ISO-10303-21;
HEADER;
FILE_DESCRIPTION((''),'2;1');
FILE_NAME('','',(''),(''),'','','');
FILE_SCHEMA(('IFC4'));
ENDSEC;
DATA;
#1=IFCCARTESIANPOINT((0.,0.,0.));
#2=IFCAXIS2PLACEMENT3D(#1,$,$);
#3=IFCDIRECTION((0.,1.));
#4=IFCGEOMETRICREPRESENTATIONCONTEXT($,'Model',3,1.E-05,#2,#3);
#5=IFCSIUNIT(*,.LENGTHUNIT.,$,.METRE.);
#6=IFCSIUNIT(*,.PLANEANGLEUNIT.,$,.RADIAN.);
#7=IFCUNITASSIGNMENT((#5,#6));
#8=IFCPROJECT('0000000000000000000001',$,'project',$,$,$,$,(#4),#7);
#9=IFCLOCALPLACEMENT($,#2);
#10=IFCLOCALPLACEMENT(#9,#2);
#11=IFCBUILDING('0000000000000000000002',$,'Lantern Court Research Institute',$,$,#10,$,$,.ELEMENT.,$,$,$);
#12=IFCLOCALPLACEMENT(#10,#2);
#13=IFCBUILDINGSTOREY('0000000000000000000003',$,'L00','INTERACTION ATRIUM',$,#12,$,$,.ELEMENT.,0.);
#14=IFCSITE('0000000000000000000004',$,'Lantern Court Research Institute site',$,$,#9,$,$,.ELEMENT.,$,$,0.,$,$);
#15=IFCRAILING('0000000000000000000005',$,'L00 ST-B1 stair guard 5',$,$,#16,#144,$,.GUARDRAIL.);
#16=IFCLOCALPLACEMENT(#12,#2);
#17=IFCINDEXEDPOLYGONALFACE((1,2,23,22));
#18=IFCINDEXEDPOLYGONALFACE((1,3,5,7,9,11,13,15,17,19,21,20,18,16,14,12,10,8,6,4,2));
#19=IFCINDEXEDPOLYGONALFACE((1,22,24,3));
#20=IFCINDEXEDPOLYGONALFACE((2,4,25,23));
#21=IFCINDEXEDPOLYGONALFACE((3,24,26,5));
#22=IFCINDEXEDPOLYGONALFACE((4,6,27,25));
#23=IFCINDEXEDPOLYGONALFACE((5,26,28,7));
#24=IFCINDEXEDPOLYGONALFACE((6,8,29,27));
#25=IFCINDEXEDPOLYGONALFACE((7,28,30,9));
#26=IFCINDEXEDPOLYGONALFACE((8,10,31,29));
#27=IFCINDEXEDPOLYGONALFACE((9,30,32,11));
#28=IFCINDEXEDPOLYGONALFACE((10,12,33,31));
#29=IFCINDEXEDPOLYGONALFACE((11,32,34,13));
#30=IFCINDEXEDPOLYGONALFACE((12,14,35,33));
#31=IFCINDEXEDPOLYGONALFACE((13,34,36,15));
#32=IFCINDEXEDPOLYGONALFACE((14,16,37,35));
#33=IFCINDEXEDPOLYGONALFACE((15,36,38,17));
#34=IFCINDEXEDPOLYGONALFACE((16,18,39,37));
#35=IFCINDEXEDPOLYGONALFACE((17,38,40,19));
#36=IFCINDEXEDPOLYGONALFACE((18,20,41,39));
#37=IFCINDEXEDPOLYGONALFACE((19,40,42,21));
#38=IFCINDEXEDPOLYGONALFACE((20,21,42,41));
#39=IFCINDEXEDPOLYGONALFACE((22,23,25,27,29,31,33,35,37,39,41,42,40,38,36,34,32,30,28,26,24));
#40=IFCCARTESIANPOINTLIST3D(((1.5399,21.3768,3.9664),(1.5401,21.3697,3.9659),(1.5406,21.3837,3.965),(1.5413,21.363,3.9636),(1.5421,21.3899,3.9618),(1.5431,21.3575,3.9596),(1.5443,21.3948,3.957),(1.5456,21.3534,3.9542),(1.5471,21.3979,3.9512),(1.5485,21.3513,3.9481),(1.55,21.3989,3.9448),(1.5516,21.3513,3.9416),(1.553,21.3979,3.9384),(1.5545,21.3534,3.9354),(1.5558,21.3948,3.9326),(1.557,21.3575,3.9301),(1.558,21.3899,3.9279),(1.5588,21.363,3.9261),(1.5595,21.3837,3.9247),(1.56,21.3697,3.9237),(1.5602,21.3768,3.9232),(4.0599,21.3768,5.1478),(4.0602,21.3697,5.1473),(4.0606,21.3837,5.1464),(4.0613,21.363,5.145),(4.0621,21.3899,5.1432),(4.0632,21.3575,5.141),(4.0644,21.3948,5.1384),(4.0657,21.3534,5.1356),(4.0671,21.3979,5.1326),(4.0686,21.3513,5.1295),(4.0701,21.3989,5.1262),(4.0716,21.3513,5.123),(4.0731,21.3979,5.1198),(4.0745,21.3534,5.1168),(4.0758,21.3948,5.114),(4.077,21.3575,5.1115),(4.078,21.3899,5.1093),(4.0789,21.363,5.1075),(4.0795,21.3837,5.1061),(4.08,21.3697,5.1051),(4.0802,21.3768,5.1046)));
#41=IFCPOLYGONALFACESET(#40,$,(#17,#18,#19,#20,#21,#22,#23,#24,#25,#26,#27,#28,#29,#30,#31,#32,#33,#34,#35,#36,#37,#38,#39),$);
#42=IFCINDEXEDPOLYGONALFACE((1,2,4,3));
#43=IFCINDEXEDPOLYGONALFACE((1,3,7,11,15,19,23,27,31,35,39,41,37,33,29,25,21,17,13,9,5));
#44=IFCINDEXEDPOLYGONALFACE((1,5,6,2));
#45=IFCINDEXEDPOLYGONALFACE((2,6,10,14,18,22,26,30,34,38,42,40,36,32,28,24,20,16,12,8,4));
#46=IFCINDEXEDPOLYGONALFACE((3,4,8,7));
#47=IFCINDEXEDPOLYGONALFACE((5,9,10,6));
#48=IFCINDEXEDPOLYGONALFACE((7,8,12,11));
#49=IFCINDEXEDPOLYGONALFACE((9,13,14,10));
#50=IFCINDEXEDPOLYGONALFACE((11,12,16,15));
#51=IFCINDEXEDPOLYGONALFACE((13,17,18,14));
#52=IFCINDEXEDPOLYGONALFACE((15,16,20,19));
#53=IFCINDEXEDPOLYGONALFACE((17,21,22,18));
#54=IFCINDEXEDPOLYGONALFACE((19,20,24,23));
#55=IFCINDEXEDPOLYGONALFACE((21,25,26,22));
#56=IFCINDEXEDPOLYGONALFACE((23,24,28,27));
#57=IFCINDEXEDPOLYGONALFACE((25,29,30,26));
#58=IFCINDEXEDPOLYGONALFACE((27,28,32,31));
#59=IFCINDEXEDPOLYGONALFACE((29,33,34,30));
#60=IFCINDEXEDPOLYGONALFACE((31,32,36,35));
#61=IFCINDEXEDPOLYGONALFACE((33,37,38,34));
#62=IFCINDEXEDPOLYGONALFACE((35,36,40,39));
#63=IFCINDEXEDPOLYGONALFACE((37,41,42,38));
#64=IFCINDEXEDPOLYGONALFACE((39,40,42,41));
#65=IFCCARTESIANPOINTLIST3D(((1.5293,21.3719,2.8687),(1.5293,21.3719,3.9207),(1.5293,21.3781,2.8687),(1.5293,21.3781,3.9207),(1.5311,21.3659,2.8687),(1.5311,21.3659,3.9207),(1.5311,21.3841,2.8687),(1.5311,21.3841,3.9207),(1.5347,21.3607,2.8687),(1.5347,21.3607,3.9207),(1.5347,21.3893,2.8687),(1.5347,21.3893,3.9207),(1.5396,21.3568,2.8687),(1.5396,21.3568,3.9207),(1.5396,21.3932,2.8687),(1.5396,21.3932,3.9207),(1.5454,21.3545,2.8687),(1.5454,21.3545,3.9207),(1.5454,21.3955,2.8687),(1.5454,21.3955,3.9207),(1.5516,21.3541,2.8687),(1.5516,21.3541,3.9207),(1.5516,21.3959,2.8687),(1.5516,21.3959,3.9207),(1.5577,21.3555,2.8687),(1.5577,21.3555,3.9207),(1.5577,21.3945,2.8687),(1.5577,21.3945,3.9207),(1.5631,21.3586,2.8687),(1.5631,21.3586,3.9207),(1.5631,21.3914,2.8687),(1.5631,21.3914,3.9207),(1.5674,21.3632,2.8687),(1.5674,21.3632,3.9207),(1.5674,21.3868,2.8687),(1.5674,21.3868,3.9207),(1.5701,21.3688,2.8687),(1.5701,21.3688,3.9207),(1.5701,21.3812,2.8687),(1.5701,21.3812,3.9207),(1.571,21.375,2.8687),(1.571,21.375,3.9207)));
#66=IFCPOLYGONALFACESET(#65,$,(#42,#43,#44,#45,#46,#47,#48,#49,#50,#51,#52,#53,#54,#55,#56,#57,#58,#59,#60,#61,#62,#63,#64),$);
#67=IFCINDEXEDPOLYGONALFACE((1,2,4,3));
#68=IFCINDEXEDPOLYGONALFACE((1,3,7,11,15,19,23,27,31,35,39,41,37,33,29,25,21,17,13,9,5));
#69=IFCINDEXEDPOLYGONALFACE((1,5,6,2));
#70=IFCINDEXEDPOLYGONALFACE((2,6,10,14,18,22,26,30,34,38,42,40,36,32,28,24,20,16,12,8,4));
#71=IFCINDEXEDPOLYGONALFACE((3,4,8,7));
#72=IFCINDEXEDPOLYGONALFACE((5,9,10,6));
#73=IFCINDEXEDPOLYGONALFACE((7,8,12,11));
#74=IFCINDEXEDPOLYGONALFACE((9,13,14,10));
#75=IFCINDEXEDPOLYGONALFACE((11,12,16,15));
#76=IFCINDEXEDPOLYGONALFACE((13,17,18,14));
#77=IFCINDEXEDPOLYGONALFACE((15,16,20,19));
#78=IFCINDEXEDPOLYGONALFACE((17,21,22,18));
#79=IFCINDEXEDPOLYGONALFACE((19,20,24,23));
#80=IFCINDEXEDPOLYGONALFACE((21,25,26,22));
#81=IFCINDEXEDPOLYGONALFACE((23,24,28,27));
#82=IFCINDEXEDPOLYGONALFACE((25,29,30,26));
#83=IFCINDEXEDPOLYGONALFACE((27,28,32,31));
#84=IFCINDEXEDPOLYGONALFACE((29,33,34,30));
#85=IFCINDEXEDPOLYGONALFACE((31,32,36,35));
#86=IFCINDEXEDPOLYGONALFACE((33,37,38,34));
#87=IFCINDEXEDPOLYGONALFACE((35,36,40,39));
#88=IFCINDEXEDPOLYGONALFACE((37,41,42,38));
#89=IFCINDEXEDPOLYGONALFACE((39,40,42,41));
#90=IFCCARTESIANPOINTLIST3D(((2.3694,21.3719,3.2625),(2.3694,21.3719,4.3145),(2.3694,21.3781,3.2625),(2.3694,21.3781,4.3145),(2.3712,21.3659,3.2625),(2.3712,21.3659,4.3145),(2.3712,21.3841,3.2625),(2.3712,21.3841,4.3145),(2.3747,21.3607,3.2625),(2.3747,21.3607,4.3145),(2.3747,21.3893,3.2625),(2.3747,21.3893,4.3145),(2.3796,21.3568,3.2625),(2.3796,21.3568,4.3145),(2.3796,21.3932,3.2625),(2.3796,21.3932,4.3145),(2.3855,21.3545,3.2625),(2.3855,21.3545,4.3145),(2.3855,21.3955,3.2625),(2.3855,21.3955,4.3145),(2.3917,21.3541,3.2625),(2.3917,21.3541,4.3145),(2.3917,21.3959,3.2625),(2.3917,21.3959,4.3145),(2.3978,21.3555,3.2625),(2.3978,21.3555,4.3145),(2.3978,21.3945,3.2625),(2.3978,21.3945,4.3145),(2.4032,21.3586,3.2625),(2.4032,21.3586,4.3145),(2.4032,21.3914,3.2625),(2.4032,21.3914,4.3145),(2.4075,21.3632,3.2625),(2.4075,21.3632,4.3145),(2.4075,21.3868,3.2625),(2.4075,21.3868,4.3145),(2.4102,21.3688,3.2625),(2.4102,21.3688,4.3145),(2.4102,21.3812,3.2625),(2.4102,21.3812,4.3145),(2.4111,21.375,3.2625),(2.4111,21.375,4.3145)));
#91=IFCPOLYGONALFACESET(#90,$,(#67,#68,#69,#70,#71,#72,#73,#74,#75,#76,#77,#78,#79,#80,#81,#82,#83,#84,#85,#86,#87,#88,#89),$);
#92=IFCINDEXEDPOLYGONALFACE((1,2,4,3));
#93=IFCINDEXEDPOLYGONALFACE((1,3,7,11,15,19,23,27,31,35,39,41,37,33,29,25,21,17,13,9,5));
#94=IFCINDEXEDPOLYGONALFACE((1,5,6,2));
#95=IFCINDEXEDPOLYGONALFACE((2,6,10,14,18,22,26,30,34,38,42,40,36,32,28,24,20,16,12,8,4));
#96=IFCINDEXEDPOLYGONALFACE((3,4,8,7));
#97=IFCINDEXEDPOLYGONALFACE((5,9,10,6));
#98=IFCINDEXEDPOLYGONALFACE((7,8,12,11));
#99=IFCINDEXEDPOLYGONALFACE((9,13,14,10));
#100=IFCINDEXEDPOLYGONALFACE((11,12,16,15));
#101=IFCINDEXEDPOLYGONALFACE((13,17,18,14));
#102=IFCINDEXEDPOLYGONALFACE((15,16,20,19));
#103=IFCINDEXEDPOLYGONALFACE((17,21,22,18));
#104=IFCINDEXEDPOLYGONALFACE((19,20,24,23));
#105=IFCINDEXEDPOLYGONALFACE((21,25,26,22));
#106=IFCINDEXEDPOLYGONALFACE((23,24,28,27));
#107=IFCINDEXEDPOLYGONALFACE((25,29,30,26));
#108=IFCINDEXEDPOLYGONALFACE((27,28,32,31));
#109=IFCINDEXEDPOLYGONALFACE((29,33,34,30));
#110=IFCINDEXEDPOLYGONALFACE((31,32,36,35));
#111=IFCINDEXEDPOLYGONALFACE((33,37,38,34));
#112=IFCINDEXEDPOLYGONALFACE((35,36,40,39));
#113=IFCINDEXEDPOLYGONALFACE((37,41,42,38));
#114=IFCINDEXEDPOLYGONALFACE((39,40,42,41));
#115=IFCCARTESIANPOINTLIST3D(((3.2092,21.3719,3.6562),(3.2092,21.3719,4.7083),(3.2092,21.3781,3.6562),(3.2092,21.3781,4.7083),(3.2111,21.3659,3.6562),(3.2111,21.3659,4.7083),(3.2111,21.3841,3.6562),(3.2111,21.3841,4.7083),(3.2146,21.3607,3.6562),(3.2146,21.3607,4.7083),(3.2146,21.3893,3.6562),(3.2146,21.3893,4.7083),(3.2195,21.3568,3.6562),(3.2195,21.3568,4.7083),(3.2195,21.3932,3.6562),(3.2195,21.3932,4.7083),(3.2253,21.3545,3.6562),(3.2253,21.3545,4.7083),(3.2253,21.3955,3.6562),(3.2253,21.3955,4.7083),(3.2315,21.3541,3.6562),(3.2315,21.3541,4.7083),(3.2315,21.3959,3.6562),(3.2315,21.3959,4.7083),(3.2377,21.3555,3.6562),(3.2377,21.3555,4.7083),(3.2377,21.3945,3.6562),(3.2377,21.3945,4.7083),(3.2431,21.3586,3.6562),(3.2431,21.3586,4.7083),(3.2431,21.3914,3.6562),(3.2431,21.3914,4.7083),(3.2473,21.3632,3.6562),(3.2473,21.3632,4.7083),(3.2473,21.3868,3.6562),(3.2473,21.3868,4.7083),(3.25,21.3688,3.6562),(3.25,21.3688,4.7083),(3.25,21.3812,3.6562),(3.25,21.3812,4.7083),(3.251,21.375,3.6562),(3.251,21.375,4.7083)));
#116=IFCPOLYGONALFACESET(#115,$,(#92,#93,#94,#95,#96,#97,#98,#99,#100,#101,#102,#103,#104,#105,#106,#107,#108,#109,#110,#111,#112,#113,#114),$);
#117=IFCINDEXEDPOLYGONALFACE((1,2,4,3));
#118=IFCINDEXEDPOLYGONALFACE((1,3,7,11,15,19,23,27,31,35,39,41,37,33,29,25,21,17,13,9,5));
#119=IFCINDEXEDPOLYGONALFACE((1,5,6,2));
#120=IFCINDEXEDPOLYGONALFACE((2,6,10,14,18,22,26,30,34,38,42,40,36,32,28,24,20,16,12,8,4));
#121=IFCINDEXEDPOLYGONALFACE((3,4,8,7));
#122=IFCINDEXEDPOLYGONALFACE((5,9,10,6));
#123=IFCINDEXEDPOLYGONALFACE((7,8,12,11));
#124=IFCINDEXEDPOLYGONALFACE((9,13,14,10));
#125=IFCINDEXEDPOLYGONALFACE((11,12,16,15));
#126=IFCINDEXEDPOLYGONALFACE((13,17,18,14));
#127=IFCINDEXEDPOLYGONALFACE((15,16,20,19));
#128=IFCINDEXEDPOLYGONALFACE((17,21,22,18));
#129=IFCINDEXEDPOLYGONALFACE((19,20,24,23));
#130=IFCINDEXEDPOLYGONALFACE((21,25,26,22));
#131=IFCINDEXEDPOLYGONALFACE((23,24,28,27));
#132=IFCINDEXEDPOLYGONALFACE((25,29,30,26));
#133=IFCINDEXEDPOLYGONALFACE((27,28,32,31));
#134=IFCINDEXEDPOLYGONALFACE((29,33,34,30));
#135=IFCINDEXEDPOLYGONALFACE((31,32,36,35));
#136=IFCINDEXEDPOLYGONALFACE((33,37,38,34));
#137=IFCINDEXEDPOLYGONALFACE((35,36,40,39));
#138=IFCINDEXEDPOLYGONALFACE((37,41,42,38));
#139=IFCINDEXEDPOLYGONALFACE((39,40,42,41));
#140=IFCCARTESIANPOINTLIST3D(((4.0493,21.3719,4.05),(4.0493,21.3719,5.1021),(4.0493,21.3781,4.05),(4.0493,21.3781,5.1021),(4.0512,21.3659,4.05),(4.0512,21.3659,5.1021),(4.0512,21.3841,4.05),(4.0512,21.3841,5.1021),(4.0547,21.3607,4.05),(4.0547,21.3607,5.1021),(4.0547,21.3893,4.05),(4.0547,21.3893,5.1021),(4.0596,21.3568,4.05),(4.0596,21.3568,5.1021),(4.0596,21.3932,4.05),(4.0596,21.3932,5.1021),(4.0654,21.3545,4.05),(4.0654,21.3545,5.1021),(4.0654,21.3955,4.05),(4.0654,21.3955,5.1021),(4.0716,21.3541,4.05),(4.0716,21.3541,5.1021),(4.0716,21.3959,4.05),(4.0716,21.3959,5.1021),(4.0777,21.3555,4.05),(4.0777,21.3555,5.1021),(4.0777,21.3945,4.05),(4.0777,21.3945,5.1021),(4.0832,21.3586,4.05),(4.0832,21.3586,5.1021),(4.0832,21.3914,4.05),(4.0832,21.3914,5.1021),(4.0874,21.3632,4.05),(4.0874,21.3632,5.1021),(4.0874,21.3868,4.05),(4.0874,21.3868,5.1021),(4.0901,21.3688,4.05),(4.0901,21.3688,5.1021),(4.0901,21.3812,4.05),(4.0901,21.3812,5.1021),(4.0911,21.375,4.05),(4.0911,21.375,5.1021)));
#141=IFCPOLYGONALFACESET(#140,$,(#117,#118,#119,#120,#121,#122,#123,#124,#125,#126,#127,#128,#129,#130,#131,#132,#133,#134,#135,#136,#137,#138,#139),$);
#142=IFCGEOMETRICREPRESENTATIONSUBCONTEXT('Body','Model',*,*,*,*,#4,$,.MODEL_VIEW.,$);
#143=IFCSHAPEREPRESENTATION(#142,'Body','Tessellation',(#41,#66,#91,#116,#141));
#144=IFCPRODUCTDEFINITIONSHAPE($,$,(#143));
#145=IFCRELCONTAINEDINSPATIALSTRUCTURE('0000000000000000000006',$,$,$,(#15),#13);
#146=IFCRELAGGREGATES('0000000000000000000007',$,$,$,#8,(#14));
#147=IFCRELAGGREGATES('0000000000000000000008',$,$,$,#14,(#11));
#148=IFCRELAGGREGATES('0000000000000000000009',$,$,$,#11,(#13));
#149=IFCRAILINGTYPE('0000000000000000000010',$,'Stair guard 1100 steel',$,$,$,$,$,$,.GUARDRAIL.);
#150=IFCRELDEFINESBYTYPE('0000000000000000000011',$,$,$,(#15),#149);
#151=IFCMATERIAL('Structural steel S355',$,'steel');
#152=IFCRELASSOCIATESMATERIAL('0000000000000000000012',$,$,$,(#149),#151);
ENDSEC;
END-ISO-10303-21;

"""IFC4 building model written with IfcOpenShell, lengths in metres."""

from ifc_helpers import new_model, si_unit, direction, frame, origin, origin_2d, place, context, subcontext, project, spatial, circle, extrude, material, type_object, element, save


model = new_model("IFC4")

# Units and contexts
model_context = context("Model", 3, precision=1e-05, world=origin(), true_north=direction((0.0, 1.0)))
body_context = subcontext(model_context, "Body", "Model", "MODEL_VIEW")
ifc_project = project(units=[si_unit("LENGTHUNIT", "METRE"), si_unit("PLANEANGLEUNIT", "RADIAN")], contexts=[model_context])

# Site, building, storey
site_placement = place(None, origin())
site = spatial("IfcSite", under=ifc_project, at=site_placement, Name="Lantern Court Research Institute site", CompositionType="ELEMENT", RefElevation=0.0)
building_placement = place(site_placement, origin())
building = spatial("IfcBuilding", under=site, at=building_placement, Name="Lantern Court Research Institute", CompositionType="ELEMENT")
storey_placement = place(building_placement, origin())
storey = spatial("IfcBuildingStorey", under=building, at=storey_placement, Name="L00", Description="INTERACTION ATRIUM", CompositionType="ELEMENT", Elevation=0.0)

# Railing
ifc_material_1 = material(Name="Structural steel S355", Category="steel")
railing_type_1 = type_object("IfcRailingType", Name="Stair guard 1100 steel", PredefinedType="GUARDRAIL", material=ifc_material_1)
railing_1_placement = place(storey_placement, frame((1.55, 21.375, 2.8687)))
element("IfcRailing", 1, at=railing_1_placement, inside=storey, type_object=railing_type_1, Name="L00 ST-B1 stair guard 5", PredefinedType="GUARDRAIL", context=body_context, shape_type="SweptSolid", body=[
    extrude(circle(Radius=0.0239, at=origin_2d()), frame((0.0, 0.0, 1.0762), z_axis=(0.90544, 0.0, 0.424474), x_axis=(0.0, 1.0, 0.0)), (0.0, 0.0, 1.0), 2.7832),
    extrude(circle(Radius=0.021, at=origin_2d()), origin(), (0.0, 0.0, 1.0), 1.052),
    extrude(circle(Radius=0.021, at=origin_2d()), frame((0.8401, 0.0, 0.3938)), (0.0, 0.0, 1.0), 1.052),
    extrude(circle(Radius=0.021, at=origin_2d()), frame((1.6799, 0.0, 0.7876)), (0.0, 0.0, 1.0), 1.052),
    extrude(circle(Radius=0.021, at=origin_2d()), frame((2.52, 0.0, 1.1814)), (0.0, 0.0, 1.0), 1.052),
])

save(model, "model.ifc")
